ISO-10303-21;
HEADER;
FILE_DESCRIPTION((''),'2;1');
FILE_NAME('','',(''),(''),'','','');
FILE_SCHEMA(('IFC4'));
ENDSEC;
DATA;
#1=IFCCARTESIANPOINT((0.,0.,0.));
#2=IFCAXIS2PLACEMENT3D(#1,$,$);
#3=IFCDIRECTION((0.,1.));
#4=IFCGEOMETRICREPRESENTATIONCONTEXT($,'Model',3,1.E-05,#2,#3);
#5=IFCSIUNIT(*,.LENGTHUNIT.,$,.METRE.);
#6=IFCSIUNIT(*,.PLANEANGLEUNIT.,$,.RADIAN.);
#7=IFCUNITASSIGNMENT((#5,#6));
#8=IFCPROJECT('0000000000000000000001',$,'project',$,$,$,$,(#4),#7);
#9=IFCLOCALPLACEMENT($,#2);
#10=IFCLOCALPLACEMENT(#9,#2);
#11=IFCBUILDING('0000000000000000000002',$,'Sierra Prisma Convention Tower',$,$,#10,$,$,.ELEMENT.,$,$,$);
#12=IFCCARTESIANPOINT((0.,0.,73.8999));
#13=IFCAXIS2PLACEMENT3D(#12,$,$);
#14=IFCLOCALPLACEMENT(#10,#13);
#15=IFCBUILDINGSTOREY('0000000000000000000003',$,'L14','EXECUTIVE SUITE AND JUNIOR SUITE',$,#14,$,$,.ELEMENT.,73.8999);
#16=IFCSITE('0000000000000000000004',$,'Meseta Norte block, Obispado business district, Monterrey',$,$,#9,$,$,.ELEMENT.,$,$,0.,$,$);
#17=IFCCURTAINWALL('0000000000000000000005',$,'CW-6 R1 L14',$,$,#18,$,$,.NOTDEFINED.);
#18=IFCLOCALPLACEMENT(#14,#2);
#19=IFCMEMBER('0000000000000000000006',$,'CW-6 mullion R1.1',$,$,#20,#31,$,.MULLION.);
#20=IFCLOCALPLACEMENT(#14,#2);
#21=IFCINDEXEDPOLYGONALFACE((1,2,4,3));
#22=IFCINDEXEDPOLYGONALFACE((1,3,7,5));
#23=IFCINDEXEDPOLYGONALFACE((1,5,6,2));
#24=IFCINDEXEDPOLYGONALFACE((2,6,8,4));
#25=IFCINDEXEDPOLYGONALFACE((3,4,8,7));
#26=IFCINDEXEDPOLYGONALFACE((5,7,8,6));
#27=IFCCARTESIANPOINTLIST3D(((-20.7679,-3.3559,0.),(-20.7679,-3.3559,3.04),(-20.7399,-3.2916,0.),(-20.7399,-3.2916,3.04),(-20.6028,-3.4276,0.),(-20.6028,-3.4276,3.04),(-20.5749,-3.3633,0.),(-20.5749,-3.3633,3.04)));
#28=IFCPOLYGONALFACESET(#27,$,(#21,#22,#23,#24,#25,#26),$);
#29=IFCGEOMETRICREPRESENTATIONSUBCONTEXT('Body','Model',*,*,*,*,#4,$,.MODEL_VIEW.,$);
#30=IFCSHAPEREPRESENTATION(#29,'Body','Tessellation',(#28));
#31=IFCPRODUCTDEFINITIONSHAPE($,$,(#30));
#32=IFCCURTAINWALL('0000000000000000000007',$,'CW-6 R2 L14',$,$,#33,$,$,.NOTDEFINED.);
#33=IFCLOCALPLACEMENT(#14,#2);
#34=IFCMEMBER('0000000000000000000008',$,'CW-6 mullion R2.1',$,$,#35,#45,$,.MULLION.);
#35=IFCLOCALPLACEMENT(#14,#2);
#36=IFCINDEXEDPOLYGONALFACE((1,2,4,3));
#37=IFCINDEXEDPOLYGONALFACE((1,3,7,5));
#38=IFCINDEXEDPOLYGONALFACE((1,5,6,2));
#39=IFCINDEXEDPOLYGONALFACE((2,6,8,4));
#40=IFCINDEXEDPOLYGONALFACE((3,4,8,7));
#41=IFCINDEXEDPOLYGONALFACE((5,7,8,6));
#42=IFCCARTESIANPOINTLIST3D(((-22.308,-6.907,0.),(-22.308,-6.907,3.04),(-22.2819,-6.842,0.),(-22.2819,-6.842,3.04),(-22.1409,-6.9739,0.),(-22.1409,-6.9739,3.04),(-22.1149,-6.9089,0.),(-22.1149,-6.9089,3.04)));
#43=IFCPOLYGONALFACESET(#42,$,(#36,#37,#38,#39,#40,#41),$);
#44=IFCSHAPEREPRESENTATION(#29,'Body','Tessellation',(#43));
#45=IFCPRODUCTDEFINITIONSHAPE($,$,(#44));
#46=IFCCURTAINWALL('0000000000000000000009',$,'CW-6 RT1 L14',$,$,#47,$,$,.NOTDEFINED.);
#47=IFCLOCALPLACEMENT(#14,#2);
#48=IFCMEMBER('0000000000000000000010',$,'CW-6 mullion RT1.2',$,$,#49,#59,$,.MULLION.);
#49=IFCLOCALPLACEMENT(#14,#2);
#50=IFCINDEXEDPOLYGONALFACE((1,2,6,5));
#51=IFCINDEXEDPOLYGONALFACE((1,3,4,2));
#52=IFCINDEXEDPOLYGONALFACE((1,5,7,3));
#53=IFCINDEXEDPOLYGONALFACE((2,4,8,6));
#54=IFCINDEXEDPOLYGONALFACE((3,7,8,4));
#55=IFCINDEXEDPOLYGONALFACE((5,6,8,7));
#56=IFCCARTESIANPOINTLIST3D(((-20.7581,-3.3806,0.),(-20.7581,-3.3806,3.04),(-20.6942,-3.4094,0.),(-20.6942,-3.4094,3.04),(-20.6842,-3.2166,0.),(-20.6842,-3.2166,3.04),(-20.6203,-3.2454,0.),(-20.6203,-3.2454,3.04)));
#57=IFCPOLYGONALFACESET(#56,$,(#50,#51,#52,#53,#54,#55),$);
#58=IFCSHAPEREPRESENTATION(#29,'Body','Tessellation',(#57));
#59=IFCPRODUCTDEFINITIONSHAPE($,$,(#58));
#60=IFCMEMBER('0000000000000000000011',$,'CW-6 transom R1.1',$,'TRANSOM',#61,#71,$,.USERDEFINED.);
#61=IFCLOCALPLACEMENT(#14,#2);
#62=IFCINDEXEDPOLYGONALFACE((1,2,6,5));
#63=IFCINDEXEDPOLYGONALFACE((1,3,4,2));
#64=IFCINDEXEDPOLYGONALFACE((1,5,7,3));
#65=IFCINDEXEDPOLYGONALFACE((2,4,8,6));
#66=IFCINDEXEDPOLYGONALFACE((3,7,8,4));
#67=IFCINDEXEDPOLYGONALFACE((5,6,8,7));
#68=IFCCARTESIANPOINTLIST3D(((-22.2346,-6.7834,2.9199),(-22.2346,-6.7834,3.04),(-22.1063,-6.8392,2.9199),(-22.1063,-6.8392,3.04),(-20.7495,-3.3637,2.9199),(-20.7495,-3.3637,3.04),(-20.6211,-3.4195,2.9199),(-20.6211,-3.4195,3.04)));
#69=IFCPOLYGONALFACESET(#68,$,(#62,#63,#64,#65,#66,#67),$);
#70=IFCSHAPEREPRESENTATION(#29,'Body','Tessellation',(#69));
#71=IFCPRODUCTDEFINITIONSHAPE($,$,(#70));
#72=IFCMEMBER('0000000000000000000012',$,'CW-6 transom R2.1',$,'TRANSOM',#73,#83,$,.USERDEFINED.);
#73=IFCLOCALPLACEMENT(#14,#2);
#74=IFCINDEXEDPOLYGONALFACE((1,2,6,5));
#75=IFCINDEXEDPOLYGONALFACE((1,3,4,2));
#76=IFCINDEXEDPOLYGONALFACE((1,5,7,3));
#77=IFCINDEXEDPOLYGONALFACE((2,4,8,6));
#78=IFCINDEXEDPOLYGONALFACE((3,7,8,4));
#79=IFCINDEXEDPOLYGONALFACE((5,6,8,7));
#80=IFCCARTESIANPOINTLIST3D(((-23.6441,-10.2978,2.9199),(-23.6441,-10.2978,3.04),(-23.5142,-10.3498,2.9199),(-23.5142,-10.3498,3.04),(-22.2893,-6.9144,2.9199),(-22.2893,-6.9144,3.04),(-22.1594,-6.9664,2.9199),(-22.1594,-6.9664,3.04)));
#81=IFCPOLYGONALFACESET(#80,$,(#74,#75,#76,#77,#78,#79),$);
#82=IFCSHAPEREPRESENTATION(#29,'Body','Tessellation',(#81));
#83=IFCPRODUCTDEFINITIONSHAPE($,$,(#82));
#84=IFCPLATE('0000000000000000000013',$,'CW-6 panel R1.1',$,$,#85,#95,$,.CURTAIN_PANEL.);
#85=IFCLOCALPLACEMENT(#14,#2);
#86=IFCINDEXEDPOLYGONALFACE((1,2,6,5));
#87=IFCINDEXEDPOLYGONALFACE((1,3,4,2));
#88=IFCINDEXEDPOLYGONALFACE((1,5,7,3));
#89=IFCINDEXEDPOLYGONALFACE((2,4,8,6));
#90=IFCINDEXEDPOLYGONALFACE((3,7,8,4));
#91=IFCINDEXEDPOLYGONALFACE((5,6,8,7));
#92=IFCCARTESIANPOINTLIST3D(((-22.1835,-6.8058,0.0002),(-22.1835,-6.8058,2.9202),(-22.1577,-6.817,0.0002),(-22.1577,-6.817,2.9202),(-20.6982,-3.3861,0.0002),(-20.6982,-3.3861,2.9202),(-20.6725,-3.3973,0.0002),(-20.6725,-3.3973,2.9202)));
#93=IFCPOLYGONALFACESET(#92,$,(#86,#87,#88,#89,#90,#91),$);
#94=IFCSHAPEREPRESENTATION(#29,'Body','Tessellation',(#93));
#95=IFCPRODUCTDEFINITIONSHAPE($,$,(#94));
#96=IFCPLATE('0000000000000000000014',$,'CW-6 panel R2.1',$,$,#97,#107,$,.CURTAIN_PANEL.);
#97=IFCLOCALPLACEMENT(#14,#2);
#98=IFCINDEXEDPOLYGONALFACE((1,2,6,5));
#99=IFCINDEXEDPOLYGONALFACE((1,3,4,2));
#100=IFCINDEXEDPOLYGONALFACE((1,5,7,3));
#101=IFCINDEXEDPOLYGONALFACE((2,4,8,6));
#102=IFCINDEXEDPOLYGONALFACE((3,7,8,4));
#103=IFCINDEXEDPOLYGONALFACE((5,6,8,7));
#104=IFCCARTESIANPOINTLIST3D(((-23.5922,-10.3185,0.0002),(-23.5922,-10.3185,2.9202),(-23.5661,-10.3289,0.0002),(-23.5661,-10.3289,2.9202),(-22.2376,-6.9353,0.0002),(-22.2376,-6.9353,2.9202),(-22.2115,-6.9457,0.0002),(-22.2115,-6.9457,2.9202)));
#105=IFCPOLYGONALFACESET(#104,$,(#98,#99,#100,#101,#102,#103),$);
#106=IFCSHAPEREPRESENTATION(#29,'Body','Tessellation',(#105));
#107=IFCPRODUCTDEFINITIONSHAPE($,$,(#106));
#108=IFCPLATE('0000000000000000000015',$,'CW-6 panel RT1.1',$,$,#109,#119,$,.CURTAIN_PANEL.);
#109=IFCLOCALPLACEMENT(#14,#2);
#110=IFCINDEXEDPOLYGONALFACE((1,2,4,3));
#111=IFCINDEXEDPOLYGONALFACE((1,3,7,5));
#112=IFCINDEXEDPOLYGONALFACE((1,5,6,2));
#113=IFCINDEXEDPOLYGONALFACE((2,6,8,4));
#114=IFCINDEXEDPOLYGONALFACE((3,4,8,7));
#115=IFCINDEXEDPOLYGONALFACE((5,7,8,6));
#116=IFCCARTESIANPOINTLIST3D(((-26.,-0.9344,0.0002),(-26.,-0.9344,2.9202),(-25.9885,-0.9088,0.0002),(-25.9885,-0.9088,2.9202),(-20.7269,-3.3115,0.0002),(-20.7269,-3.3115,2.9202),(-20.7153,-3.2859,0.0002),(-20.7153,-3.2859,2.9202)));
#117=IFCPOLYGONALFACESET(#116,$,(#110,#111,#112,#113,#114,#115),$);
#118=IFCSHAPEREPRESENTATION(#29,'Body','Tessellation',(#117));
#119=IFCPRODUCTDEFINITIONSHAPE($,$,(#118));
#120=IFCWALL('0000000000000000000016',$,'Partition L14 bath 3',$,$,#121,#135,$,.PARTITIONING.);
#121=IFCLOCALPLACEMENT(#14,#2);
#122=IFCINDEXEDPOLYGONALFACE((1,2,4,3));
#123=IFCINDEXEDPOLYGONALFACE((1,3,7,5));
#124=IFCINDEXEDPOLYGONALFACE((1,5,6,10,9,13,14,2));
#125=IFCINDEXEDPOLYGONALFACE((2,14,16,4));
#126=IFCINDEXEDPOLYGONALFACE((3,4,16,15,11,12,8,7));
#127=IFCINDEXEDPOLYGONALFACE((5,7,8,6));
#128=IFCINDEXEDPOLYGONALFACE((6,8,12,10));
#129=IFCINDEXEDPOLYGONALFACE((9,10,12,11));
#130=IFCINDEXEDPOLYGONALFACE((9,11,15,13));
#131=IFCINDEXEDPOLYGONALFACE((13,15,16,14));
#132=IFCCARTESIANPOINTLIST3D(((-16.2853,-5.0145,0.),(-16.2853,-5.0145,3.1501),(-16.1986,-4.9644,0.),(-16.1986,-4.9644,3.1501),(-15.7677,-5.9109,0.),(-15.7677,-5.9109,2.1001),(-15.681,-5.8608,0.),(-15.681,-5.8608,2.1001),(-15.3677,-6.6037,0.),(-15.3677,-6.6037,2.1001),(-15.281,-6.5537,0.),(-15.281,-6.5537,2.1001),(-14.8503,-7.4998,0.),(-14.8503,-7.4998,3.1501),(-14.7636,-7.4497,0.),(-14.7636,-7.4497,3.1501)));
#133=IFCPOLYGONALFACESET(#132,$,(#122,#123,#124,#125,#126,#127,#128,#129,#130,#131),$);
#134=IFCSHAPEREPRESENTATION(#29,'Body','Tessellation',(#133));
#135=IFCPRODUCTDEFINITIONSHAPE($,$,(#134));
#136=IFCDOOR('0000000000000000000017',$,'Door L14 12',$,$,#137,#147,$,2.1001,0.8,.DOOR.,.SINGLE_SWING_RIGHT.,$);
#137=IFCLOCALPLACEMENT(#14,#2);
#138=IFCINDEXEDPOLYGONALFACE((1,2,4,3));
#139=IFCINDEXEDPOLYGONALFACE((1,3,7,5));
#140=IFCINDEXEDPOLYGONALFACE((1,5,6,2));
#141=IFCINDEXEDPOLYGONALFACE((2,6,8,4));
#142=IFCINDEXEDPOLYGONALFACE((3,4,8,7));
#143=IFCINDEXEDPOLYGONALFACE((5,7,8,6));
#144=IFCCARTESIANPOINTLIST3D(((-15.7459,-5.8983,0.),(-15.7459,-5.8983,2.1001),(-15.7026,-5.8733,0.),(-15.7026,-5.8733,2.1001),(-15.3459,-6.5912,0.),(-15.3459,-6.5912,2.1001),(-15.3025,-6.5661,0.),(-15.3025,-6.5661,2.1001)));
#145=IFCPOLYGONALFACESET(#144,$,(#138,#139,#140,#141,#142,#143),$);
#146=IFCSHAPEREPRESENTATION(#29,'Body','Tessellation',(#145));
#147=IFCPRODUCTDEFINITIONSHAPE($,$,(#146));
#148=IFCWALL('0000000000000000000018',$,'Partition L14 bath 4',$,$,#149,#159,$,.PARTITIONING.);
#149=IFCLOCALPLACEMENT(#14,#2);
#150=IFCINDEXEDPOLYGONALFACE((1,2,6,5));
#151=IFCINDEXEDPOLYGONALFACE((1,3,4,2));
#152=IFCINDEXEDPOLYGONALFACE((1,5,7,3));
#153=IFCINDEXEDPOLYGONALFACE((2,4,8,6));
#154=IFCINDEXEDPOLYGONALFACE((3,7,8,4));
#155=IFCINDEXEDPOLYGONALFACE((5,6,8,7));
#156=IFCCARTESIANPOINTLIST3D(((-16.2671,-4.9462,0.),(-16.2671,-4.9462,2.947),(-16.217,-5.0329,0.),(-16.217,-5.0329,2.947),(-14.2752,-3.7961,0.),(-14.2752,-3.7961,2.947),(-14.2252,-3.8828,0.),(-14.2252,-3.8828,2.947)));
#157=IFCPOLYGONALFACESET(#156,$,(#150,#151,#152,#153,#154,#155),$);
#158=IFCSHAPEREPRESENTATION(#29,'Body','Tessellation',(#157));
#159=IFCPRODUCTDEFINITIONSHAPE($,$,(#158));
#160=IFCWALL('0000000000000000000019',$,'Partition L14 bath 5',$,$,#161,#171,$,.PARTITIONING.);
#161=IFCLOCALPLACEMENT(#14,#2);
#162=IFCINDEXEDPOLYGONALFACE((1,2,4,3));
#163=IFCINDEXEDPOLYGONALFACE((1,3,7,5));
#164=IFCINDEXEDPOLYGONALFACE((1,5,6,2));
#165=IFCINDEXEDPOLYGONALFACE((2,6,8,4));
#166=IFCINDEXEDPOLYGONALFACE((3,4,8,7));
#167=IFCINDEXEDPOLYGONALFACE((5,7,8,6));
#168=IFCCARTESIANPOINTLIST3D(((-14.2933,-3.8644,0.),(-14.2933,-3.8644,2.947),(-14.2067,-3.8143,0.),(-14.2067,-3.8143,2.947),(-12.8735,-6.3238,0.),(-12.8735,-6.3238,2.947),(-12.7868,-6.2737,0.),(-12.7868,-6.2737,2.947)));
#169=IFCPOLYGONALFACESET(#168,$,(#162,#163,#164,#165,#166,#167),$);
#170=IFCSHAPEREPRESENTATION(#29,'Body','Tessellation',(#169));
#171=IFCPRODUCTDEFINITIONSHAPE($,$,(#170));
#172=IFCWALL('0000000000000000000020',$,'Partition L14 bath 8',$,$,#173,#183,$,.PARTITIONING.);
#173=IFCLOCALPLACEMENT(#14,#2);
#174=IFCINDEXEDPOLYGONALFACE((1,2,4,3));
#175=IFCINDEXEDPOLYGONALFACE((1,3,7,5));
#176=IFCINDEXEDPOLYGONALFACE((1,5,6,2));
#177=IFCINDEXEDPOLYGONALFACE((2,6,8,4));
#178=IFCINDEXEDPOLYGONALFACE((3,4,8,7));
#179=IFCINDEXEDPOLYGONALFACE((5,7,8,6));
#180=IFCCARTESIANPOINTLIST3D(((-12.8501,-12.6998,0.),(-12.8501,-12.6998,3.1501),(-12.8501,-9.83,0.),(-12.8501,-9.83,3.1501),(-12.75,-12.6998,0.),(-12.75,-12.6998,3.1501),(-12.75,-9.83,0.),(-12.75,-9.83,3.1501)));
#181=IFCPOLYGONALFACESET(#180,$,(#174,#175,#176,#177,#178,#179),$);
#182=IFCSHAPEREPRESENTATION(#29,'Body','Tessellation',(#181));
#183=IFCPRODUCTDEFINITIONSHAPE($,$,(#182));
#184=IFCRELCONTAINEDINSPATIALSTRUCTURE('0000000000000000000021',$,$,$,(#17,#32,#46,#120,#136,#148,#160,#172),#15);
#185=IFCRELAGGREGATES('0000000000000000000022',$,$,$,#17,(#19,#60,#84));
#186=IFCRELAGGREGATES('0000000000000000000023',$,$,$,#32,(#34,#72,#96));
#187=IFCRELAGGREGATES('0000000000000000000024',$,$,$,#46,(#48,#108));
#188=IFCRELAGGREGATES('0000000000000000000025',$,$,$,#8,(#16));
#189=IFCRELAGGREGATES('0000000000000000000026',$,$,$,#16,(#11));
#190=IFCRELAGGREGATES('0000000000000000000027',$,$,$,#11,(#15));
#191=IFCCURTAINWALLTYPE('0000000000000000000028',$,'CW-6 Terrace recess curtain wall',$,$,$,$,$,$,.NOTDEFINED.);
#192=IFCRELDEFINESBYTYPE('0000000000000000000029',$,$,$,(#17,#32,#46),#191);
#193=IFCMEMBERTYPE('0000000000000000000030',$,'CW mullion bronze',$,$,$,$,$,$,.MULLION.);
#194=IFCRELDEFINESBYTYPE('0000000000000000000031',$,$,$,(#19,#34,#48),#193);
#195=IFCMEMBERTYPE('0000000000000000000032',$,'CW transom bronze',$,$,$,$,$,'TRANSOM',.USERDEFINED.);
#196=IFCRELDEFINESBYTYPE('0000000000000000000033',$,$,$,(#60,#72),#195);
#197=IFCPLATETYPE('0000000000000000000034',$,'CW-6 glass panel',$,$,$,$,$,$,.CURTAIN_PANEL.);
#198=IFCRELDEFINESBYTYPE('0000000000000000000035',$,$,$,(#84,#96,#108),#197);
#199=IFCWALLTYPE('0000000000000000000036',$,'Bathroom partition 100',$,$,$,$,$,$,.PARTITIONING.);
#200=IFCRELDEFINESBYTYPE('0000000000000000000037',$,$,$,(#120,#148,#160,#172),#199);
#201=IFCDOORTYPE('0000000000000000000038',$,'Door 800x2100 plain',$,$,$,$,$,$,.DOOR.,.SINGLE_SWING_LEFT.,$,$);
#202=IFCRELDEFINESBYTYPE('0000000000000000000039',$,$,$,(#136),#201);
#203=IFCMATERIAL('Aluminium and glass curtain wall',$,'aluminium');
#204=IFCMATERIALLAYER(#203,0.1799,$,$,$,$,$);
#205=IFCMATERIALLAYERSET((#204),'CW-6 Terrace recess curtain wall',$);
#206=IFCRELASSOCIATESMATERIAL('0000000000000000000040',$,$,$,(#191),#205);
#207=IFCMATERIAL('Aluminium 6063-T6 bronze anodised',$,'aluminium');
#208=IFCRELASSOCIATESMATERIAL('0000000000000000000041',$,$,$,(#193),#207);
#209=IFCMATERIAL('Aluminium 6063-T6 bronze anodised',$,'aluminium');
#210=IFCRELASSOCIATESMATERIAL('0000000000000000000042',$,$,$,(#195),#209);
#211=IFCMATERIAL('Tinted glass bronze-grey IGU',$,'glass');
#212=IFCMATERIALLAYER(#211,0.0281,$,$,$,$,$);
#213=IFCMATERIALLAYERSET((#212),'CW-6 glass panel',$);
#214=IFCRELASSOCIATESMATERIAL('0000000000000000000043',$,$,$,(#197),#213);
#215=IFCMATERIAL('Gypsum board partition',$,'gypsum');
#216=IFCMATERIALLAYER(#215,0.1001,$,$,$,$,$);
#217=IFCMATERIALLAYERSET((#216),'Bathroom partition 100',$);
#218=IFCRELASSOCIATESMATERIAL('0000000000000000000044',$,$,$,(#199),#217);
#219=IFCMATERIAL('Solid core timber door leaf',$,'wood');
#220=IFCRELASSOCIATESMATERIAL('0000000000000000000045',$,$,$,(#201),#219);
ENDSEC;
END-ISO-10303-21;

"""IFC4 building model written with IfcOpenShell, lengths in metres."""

from ifc_helpers import new_model, si_unit, direction, frame, frame_2d, origin, origin_2d, place, context, subcontext, project, spatial, rectangle, extrude, material, layer, layer_set, material_profile, profile_set, type_object, element, fill, aggregate, save


model = new_model("IFC4")

# Units and contexts
model_context = context("Model", 3, precision=1e-05, world=origin(), true_north=direction((0.0, 1.0)))
body_context = subcontext(model_context, "Body", "Model", "MODEL_VIEW")
ifc_project = project(units=[si_unit("LENGTHUNIT", "METRE"), si_unit("PLANEANGLEUNIT", "RADIAN")], contexts=[model_context])

# Site, building, storey
site_placement = place(None, origin())
site = spatial("IfcSite", under=ifc_project, at=site_placement, Name="Meseta Norte block, Obispado business district, Monterrey", CompositionType="ELEMENT", RefElevation=0.0)
building_placement = place(site_placement, origin())
building = spatial("IfcBuilding", under=site, at=building_placement, Name="Sierra Prisma Convention Tower", CompositionType="ELEMENT")
storey_placement = place(building_placement, frame((0.0, 0.0, 73.8999)))
storey = spatial("IfcBuildingStorey", under=building, at=storey_placement, Name="L14", Description="EXECUTIVE SUITE AND JUNIOR SUITE", CompositionType="ELEMENT", Elevation=73.8999)

# Curtain walls, members
ifc_material_1 = material(Name="Aluminium and glass curtain wall", Category="aluminium")
ifc_layer_1 = layer(ifc_material_1, 0.1799)
ifc_layer_set_1 = layer_set([ifc_layer_1], Name="CW-6 Terrace recess curtain wall")
curtain_wall_type = type_object("IfcCurtainWallType", Name="CW-6 Terrace recess curtain wall", PredefinedType="NOTDEFINED", material=ifc_layer_set_1)
curtain_wall_1_placement = place(storey_placement, origin())
curtain_wall_1 = element("IfcCurtainWall", 1, at=curtain_wall_1_placement, inside=storey, type_object=curtain_wall_type, Name="CW-6 R1 L14", PredefinedType="NOTDEFINED")
ifc_material_2 = material(Name="Aluminium 6063-T6 bronze anodised", Category="aluminium")
ifc_material_profile_1 = material_profile(ifc_material_2, rectangle(XDim=0.1799, YDim=0.0701, at=origin_2d()), Name="ALU MULLION 70x180")
ifc_profile_set_1 = profile_set([ifc_material_profile_1], Name="Aluminium 6063-T6 bronze anodised")
member_type_1 = type_object("IfcMemberType", Name="CW mullion bronze", PredefinedType="MULLION", material=ifc_profile_set_1)
member_1_placement = place(storey_placement, frame((-20.6714, -3.3596, 0.0), z_axis=(0.0, 0.0, 1.0), x_axis=(0.91722, -0.398382, 0.0)))
member_1 = element("IfcMember", 2, at=member_1_placement, type_object=member_type_1, Name="CW-6 mullion R1.1", PredefinedType="MULLION", context=body_context, shape_type="SweptSolid", body=[
    extrude(rectangle(XDim=0.1799, YDim=0.0701, at=origin_2d()), origin(), (0.0, 0.0, 1.0), 3.04),
])
curtain_wall_2_placement = place(storey_placement, origin())
curtain_wall_2 = element("IfcCurtainWall", 3, at=curtain_wall_2_placement, inside=storey, type_object=curtain_wall_type, Name="CW-6 R2 L14", PredefinedType="NOTDEFINED")
member_2_placement = place(storey_placement, frame((-22.2114, -6.908, 0.0), z_axis=(0.0, 0.0, 1.0), x_axis=(0.928351, -0.371704, 0.0)))
member_2 = element("IfcMember", 4, at=member_2_placement, type_object=member_type_1, Name="CW-6 mullion R2.1", PredefinedType="MULLION", context=body_context, shape_type="SweptSolid", body=[
    extrude(rectangle(XDim=0.1799, YDim=0.0701, at=origin_2d()), origin(), (0.0, 0.0, 1.0), 3.04),
])
curtain_wall_3_placement = place(storey_placement, origin())
curtain_wall_3 = element("IfcCurtainWall", 5, at=curtain_wall_3_placement, inside=storey, type_object=curtain_wall_type, Name="CW-6 RT1 L14", PredefinedType="NOTDEFINED")
member_3_placement = place(storey_placement, frame((-20.6892, -3.313, 0.0), z_axis=(0.0, 0.0, 1.0), x_axis=(0.410965, 0.911651, 0.0)))
member_3 = element("IfcMember", 6, at=member_3_placement, type_object=member_type_1, Name="CW-6 mullion RT1.2", PredefinedType="MULLION", context=body_context, shape_type="SweptSolid", body=[
    extrude(rectangle(XDim=0.1799, YDim=0.0701, at=origin_2d()), origin(), (0.0, 0.0, 1.0), 3.04),
])

# Members
ifc_material_3 = material(Name="Aluminium 6063-T6 bronze anodised", Category="aluminium")
ifc_material_profile_2 = material_profile(ifc_material_3, rectangle(XDim=0.1399, YDim=0.1201, at=origin_2d()), Name="ALU TRANSOM 120x140")
ifc_profile_set_2 = profile_set([ifc_material_profile_2], Name="Aluminium 6063-T6 bronze anodised")
member_type_2 = type_object("IfcMemberType", Name="CW transom bronze", ElementType="TRANSOM", PredefinedType="USERDEFINED", material=ifc_profile_set_2)
member_4_placement = place(storey_placement, frame((-20.6853, -3.3916, 2.98), z_axis=(-0.398341, -0.917238, 0.0), x_axis=(0.917238, -0.398341, 0.0)))
member_4 = element("IfcMember", 7, at=member_4_placement, type_object=member_type_2, Name="CW-6 transom R1.1", ObjectType="TRANSOM", PredefinedType="USERDEFINED", context=body_context, shape_type="SweptSolid", body=[
    extrude(rectangle(XDim=0.1399, YDim=0.1201, at=origin_2d()), origin(), (0.0, 0.0, 1.0), 3.7283),
])
member_5_placement = place(storey_placement, frame((-22.2244, -6.9404, 2.98), z_axis=(-0.371726, -0.928343, 0.0), x_axis=(0.928343, -0.371726, 0.0)))
member_5 = element("IfcMember", 8, at=member_5_placement, type_object=member_type_2, Name="CW-6 transom R2.1", ObjectType="TRANSOM", PredefinedType="USERDEFINED", context=body_context, shape_type="SweptSolid", body=[
    extrude(rectangle(XDim=0.1399, YDim=0.1201, at=origin_2d()), origin(), (0.0, 0.0, 1.0), 3.6445),
])

# Plates
ifc_material_4 = material(Name="Tinted glass bronze-grey IGU", Category="glass")
ifc_layer_2 = layer(ifc_material_4, 0.0281)
ifc_layer_set_2 = layer_set([ifc_layer_2], Name="CW-6 glass panel")
plate_type = type_object("IfcPlateType", Name="CW-6 glass panel", PredefinedType="CURTAIN_PANEL", material=ifc_layer_set_2)
plate_1_placement = place(storey_placement, frame((-21.428, -5.1016, 0.0002), z_axis=(0.0, 0.0, 1.0), x_axis=(-0.398382, -0.91722, 0.0)))
plate_1 = element("IfcPlate", 9, at=plate_1_placement, type_object=plate_type, Name="CW-6 panel R1.1", PredefinedType="CURTAIN_PANEL", context=body_context, shape_type="SweptSolid", body=[
    extrude(rectangle(XDim=3.7283, YDim=0.0281, at=origin_2d()), origin(), (0.0, 0.0, 1.0), 2.9199),
])
aggregate(curtain_wall_1, [member_1, member_4, plate_1])
plate_2_placement = place(storey_placement, frame((-22.9019, -8.6321, 0.0002), z_axis=(0.0, 0.0, 1.0), x_axis=(-0.371704, -0.928351, 0.0)))
plate_2 = element("IfcPlate", 10, at=plate_2_placement, type_object=plate_type, Name="CW-6 panel R2.1", PredefinedType="CURTAIN_PANEL", context=body_context, shape_type="SweptSolid", body=[
    extrude(rectangle(XDim=3.6443, YDim=0.0281, at=origin_2d()), origin(), (0.0, 0.0, 1.0), 2.9199),
])
aggregate(curtain_wall_2, [member_2, member_5, plate_2])
plate_3_placement = place(storey_placement, frame((-23.3577, -2.1101, 0.0002), z_axis=(0.0, 0.0, 1.0), x_axis=(0.911651, -0.410965, 0.0)))
plate_3 = element("IfcPlate", 11, at=plate_3_placement, type_object=plate_type, Name="CW-6 panel RT1.1", PredefinedType="CURTAIN_PANEL", context=body_context, shape_type="SweptSolid", body=[
    extrude(rectangle(XDim=5.7842, YDim=0.0281, at=origin_2d()), origin(), (0.0, 0.0, 1.0), 2.9199),
])
aggregate(curtain_wall_3, [member_3, plate_3])

# Wall, opening, door
ifc_material_5 = material(Name="Gypsum board partition", Category="gypsum")
ifc_layer_3 = layer(ifc_material_5, 0.1001)
ifc_layer_set_3 = layer_set([ifc_layer_3], Name="Bathroom partition 100")
wall_type_1 = type_object("IfcWallType", Name="Bathroom partition 100", PredefinedType="PARTITIONING", material=ifc_layer_set_3)
wall_1_placement = place(storey_placement, frame((-14.8069, -7.4749, 0.0), z_axis=(0.0, 0.0, 1.0), x_axis=(-0.500037, 0.866004, 0.0)))
wall_1 = element("IfcWall", 12, at=wall_1_placement, inside=storey, type_object=wall_type_1, Name="Partition L14 bath 3", PredefinedType="PARTITIONING", context=body_context, shape_type="SweptSolid", body=[
    extrude(rectangle(XDim=2.8699, YDim=0.1001, at=frame_2d((1.4351, 0.0))), origin(), (0.0, 0.0, 1.0), 3.1501),
])
opening_1_placement = place(wall_1_placement, frame((1.0349, 0.0, 0.0)))
opening_1 = element("IfcOpeningElement", 13, at=opening_1_placement, cuts=wall_1, PredefinedType="OPENING", context=body_context, shape_type="SweptSolid", body=[
    extrude(rectangle(XDim=0.8, YDim=2.1001, at=frame_2d((0.3999, 1.05))), frame((0.0, 0.05, 0.0), z_axis=(0.0, -1.0, 0.0), x_axis=(1.0, 0.0, 0.0)), (0.0, 0.0, 1.0), 0.1001),
])
ifc_material_6 = material(Name="Solid core timber door leaf", Category="wood")
door_type_1 = type_object("IfcDoorType", Name="Door 800x2100 plain", OperationType="SINGLE_SWING_LEFT", PredefinedType="DOOR", material=ifc_material_6)
door_1_placement = place(opening_1_placement, origin())
door_1 = element("IfcDoor", 14, at=door_1_placement, inside=storey, type_object=door_type_1, Name="Door L14 12", OperationType="SINGLE_SWING_RIGHT", OverallHeight=2.1001, OverallWidth=0.8, PredefinedType="DOOR", context=body_context, shape_type="SweptSolid", body=[
    extrude(rectangle(XDim=0.8, YDim=2.1001, at=frame_2d((0.3999, 1.05))), frame((0.0, 0.0249, 0.0), z_axis=(0.0, -1.0, 0.0), x_axis=(1.0, 0.0, 0.0)), (0.0, 0.0, 1.0), 0.05),
])
fill(opening_1, door_1)

# Walls
wall_2_placement = place(storey_placement, frame((-16.2419, -4.9895, 0.0), z_axis=(0.0, 0.0, 1.0), x_axis=(0.866007, 0.500032, 0.0)))
element("IfcWall", 15, at=wall_2_placement, inside=storey, type_object=wall_type_1, Name="Partition L14 bath 4", PredefinedType="PARTITIONING", context=body_context, shape_type="SweptSolid", body=[
    extrude(rectangle(XDim=2.3, YDim=0.1001, at=frame_2d((1.1499, 0.0))), origin(), (0.0, 0.0, 1.0), 2.947),
])
wall_3_placement = place(storey_placement, frame((-14.25, -3.8394, 0.0), z_axis=(0.0, 0.0, 1.0), x_axis=(0.499985, -0.866034, 0.0)))
element("IfcWall", 16, at=wall_3_placement, inside=storey, type_object=wall_type_1, Name="Partition L14 bath 5", PredefinedType="PARTITIONING", context=body_context, shape_type="SweptSolid", body=[
    extrude(rectangle(XDim=2.8398, YDim=0.1001, at=frame_2d((1.4199, 0.0))), origin(), (0.0, 0.0, 1.0), 2.947),
])
wall_4_placement = place(storey_placement, frame((-12.8, -12.7, 0.0), z_axis=(0.0, 0.0, 1.0), x_axis=(0.0, 1.0, 0.0)))
element("IfcWall", 17, at=wall_4_placement, inside=storey, type_object=wall_type_1, Name="Partition L14 bath 8", PredefinedType="PARTITIONING", context=body_context, shape_type="SweptSolid", body=[
    extrude(rectangle(XDim=2.8699, YDim=0.1001, at=frame_2d((1.4351, 0.0))), origin(), (0.0, 0.0, 1.0), 3.1501),
])

save(model, "model.ifc")
